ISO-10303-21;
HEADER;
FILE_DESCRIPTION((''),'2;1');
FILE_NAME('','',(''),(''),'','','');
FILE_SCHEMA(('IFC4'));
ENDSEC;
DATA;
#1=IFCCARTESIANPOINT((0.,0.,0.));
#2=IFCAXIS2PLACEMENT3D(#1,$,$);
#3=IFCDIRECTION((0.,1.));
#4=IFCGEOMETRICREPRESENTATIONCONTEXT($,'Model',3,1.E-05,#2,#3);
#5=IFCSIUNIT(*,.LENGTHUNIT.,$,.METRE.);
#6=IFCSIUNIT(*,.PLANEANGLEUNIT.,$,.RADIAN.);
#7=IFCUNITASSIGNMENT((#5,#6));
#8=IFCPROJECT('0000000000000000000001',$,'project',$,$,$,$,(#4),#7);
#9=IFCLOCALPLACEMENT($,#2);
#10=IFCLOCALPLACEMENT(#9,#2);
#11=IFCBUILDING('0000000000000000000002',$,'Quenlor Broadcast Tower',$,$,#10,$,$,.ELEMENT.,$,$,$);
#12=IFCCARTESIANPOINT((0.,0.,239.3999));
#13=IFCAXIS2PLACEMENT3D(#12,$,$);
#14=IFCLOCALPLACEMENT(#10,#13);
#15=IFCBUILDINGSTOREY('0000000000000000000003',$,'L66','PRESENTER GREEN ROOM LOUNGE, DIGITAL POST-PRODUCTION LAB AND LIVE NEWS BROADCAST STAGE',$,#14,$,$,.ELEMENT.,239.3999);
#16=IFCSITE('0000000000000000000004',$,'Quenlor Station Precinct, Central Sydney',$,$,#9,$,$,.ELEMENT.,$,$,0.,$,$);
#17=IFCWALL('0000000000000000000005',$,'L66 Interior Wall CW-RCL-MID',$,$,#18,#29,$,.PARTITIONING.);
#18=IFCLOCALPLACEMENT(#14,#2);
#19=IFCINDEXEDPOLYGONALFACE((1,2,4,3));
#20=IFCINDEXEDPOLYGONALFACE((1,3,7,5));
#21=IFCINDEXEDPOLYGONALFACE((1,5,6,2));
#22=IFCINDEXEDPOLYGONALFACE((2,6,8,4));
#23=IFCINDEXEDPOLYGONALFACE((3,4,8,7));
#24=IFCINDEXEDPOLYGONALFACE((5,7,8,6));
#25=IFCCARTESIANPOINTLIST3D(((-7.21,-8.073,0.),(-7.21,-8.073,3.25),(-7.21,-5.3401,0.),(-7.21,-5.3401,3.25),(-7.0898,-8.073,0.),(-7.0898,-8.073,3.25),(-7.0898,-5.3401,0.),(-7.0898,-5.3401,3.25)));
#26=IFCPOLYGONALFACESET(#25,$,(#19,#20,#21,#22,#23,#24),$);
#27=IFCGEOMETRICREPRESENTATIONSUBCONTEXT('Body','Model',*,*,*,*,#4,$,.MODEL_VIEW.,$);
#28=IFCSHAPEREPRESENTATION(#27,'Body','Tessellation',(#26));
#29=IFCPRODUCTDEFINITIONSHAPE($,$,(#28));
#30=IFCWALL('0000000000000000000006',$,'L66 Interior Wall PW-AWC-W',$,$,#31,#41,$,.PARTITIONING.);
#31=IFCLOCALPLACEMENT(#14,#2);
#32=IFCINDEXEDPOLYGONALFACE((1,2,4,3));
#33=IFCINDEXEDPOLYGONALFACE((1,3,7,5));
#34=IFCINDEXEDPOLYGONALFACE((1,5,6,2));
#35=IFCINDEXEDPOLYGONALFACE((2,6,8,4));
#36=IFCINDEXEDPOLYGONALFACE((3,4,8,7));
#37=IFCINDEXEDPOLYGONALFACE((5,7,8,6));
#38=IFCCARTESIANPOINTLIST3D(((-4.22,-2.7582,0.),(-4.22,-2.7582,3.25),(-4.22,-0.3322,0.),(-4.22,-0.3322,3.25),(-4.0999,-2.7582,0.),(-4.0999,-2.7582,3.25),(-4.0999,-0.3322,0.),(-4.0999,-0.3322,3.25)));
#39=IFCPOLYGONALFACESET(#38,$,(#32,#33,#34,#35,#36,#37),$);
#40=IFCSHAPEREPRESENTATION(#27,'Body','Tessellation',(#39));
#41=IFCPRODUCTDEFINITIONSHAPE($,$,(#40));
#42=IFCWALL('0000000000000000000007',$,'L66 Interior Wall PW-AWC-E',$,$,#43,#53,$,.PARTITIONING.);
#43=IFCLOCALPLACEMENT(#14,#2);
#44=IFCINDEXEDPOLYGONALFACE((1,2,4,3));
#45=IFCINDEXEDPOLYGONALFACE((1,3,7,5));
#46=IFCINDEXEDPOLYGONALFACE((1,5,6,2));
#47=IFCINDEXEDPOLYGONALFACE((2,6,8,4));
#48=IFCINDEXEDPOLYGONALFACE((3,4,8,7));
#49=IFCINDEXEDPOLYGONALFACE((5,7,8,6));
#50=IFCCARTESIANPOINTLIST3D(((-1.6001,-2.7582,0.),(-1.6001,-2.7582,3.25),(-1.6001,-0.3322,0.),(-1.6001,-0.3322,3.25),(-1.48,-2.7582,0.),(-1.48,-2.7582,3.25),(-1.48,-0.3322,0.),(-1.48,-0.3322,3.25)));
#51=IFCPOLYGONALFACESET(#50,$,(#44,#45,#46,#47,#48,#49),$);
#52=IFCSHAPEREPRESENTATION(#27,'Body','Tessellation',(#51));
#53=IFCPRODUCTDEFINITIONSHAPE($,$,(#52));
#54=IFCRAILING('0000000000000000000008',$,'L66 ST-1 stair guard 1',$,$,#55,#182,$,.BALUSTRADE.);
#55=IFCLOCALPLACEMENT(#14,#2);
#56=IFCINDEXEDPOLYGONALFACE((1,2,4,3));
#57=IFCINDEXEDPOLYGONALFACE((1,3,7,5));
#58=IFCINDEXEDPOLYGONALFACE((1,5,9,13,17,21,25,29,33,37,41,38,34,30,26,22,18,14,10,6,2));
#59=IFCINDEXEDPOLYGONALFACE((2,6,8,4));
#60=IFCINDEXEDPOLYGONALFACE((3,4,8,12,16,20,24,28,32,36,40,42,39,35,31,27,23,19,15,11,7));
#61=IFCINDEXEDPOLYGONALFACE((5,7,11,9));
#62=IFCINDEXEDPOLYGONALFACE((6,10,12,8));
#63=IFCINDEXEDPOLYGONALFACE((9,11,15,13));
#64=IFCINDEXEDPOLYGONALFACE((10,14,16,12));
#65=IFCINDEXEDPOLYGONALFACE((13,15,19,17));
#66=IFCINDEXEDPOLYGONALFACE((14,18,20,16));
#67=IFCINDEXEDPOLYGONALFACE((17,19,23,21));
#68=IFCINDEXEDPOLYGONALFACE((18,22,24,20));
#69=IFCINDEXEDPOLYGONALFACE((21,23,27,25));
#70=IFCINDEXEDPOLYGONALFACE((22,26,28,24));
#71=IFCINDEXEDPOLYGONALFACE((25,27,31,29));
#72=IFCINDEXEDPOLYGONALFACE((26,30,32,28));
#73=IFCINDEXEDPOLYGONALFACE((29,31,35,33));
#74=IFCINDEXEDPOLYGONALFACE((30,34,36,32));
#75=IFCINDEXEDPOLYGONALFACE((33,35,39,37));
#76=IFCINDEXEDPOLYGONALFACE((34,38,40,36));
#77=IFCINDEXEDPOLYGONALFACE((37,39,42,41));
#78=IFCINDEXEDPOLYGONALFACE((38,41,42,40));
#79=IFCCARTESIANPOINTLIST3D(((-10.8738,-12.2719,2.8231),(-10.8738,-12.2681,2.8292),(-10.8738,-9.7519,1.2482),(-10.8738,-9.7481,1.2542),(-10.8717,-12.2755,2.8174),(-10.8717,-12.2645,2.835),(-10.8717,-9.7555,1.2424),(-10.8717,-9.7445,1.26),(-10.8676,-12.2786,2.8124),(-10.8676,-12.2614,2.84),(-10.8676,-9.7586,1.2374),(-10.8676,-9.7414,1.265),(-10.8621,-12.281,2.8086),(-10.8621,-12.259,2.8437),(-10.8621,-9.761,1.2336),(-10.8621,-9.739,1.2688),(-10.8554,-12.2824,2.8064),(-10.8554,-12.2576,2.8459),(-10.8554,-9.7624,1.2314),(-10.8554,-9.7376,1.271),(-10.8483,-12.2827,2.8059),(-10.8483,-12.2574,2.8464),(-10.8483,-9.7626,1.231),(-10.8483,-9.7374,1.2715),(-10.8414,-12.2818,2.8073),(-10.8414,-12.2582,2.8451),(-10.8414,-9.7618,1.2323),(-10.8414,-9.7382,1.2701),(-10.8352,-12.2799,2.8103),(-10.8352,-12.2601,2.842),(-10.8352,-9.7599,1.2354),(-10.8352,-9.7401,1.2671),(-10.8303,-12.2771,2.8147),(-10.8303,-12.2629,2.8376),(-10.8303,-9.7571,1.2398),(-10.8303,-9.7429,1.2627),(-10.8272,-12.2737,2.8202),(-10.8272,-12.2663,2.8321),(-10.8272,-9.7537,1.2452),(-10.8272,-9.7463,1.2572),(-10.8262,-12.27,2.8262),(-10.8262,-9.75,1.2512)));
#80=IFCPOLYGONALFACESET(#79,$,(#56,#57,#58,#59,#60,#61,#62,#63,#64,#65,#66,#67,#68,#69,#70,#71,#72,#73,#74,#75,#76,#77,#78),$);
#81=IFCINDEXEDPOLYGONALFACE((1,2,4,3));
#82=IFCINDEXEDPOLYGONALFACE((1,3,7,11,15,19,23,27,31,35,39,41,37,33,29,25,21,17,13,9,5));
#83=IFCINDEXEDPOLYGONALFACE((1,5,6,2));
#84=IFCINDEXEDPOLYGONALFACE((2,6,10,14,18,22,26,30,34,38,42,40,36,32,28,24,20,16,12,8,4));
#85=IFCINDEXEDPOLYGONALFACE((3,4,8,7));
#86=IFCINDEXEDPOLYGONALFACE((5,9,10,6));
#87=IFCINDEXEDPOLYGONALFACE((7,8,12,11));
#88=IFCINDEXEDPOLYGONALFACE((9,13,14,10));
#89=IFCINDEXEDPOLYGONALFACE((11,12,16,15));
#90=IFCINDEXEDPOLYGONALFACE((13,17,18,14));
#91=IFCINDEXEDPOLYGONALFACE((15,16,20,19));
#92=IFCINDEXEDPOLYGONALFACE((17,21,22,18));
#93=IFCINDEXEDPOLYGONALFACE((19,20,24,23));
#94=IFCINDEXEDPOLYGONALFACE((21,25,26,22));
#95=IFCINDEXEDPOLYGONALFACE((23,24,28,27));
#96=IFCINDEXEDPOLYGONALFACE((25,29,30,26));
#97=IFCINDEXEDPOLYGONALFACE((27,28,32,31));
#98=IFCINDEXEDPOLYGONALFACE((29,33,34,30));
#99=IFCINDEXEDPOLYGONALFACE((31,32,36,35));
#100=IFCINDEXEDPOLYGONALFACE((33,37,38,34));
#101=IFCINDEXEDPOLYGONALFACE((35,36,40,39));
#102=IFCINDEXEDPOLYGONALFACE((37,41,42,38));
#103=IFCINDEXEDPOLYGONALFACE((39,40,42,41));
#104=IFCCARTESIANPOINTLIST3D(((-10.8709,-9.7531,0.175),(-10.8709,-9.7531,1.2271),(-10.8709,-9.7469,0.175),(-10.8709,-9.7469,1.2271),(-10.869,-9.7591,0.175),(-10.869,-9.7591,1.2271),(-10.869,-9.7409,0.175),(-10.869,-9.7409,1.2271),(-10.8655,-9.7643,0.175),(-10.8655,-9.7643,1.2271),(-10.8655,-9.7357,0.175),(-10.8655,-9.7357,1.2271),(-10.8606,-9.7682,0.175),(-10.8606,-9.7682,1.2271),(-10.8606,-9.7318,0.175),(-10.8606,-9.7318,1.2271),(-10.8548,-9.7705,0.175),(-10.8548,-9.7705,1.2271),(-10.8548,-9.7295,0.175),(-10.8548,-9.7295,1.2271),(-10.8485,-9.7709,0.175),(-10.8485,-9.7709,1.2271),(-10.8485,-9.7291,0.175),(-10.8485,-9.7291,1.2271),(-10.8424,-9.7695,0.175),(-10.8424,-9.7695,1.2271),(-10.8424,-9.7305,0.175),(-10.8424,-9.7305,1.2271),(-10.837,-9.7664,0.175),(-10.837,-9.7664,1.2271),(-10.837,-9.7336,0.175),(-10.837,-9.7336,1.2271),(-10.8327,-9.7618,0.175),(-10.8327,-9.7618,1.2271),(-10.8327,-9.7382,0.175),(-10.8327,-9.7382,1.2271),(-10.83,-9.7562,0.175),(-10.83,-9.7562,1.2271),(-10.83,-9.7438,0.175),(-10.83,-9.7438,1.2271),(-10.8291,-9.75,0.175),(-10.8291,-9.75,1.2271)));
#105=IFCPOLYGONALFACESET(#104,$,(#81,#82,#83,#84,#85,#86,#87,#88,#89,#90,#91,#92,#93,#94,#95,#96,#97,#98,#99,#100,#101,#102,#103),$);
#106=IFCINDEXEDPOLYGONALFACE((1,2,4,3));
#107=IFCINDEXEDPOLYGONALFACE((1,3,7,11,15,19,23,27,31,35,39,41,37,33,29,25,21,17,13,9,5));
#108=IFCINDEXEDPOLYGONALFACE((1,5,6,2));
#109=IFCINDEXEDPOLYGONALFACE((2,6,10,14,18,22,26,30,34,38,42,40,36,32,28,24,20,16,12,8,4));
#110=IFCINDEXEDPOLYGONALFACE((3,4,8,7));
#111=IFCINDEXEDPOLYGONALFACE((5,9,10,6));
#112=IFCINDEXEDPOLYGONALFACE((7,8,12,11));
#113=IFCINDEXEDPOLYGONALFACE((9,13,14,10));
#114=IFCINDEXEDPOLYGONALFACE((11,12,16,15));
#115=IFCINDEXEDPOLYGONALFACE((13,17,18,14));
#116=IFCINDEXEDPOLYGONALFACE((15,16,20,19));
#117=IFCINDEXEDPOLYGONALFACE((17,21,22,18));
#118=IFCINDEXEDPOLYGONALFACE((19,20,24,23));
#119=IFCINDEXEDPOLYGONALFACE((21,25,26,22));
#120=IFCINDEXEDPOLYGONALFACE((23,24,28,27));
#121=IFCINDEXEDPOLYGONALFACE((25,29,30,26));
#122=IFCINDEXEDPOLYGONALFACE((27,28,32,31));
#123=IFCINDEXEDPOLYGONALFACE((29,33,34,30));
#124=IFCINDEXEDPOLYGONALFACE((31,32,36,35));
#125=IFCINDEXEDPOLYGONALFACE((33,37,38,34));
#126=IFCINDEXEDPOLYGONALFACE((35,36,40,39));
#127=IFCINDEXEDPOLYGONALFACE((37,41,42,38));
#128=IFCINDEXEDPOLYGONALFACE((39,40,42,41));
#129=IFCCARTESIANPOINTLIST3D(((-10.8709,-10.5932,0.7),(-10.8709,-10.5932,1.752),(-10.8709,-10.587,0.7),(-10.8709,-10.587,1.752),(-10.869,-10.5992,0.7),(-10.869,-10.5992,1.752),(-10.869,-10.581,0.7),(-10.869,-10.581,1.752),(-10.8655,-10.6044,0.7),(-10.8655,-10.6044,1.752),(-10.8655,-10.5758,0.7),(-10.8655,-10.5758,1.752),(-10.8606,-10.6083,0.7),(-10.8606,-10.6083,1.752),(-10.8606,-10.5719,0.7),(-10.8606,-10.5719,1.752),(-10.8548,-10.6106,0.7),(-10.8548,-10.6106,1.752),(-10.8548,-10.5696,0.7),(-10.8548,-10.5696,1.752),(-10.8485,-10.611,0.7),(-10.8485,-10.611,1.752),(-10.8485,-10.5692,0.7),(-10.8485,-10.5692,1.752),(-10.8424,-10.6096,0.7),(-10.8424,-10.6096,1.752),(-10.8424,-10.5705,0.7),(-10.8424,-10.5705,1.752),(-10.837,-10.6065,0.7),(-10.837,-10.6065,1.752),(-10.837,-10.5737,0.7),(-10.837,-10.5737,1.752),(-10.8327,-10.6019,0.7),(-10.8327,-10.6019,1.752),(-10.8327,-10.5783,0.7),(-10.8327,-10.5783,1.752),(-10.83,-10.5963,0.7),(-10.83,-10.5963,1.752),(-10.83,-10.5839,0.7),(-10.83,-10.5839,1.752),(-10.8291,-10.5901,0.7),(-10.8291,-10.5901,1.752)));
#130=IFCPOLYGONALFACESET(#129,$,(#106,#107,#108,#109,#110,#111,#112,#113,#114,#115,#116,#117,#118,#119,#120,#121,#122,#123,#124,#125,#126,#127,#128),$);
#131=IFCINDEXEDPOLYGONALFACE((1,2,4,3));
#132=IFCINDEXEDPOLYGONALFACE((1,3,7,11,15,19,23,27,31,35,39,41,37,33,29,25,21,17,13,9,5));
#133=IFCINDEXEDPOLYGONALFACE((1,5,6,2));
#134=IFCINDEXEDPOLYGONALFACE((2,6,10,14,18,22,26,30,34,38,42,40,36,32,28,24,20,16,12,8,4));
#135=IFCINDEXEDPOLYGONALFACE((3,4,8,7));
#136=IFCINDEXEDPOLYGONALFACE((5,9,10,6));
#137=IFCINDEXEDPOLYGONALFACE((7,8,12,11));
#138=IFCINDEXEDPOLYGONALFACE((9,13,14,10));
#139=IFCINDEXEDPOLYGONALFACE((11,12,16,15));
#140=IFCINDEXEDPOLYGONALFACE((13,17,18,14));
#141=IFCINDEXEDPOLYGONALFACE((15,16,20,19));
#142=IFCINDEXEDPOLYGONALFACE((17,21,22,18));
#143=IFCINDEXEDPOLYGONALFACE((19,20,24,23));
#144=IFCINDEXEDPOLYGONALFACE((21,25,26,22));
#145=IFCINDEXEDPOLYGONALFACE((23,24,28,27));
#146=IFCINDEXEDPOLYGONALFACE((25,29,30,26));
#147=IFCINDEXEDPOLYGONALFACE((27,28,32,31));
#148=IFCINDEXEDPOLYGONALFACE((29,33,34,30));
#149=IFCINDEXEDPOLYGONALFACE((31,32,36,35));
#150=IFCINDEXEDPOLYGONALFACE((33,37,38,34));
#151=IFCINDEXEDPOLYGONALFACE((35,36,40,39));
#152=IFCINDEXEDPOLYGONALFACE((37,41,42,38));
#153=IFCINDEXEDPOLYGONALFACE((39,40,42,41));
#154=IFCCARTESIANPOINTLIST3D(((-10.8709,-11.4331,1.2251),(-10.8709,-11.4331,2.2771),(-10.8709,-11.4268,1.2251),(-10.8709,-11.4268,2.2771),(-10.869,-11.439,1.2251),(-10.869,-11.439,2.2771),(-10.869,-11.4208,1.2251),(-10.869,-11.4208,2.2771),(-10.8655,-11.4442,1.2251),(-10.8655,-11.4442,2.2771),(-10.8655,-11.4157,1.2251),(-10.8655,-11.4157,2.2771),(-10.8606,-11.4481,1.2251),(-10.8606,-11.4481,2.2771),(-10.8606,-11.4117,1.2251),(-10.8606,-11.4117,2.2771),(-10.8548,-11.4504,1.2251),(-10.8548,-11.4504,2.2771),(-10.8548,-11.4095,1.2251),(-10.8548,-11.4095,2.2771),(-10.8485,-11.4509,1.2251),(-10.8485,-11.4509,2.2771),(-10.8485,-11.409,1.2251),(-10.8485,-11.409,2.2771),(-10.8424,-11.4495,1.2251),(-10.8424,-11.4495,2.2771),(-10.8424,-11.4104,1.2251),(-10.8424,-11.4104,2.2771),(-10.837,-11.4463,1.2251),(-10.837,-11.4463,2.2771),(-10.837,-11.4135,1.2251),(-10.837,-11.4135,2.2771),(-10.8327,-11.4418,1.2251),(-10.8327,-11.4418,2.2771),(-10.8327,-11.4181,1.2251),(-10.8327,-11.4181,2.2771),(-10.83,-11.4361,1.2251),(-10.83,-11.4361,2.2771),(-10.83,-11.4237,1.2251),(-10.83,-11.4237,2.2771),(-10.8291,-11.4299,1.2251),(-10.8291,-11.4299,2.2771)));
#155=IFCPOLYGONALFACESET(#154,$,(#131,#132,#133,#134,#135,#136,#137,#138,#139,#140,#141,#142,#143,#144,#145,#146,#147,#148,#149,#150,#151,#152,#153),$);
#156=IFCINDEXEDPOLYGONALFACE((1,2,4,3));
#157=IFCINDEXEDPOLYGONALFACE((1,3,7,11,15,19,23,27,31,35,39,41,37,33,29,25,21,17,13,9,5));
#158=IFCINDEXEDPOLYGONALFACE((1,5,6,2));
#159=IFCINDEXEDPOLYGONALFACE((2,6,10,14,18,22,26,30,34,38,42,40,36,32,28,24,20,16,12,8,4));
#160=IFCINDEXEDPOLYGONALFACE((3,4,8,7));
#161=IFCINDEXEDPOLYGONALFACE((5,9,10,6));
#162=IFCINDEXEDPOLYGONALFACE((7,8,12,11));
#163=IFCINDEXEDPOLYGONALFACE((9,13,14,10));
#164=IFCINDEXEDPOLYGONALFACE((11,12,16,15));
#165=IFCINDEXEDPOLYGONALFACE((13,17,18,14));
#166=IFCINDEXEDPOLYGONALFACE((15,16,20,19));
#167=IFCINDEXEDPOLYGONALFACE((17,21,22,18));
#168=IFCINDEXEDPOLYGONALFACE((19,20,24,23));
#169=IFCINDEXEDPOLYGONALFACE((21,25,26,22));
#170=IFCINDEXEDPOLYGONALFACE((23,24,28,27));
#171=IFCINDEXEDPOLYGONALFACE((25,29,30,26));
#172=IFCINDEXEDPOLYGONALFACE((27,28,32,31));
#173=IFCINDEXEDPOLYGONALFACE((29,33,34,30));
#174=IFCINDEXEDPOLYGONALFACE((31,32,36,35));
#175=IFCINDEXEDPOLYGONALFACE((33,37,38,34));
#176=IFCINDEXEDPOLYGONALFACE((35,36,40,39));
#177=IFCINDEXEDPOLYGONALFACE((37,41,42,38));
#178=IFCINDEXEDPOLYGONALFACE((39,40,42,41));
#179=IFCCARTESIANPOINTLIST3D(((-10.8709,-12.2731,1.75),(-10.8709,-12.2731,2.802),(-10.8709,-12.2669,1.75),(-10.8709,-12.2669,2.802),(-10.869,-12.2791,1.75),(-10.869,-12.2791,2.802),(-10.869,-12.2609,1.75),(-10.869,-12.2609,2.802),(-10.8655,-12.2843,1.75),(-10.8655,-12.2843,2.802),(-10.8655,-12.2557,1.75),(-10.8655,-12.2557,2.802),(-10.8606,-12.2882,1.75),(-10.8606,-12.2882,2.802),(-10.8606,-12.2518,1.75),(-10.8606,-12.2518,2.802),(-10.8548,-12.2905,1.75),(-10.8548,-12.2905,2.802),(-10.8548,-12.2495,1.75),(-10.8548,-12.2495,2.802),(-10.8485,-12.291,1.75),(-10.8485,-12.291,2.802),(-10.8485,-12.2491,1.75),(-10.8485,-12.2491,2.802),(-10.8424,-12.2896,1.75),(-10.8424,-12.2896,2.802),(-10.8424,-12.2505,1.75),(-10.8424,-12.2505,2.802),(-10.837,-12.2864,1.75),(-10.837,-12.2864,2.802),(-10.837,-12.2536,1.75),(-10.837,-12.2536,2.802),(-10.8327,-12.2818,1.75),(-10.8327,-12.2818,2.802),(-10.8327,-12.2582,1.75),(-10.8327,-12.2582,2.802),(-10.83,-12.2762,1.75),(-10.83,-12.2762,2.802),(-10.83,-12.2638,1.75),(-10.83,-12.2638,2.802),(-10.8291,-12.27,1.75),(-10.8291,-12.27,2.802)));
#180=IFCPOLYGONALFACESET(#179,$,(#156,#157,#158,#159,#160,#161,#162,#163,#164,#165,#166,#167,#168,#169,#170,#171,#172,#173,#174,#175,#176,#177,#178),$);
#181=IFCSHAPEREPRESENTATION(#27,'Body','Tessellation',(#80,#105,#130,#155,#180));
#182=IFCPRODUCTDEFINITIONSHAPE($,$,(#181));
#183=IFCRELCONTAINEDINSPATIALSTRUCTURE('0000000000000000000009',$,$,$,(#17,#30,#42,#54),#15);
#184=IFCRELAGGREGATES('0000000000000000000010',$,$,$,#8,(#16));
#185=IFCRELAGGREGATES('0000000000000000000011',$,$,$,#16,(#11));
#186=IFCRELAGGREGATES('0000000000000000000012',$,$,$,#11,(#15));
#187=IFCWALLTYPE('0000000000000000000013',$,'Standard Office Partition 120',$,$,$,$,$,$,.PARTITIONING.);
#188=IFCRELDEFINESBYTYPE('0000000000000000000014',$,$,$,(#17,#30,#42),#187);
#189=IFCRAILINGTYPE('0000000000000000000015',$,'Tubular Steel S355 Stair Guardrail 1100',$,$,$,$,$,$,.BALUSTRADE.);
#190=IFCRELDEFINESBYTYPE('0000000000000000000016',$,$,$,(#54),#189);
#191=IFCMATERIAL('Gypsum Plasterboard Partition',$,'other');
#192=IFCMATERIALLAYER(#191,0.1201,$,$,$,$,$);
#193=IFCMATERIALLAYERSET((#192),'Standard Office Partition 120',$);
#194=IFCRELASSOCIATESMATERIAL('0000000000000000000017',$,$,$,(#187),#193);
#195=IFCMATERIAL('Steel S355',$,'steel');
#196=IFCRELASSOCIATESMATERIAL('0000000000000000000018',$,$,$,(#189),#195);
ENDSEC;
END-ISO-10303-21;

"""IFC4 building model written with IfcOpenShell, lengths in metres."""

from ifc_helpers import new_model, si_unit, direction, frame, frame_2d, origin, origin_2d, place, context, subcontext, project, spatial, rectangle, circle, extrude, material, layer, layer_set, type_object, element, save


model = new_model("IFC4")

# Units and contexts
model_context = context("Model", 3, precision=1e-05, world=origin(), true_north=direction((0.0, 1.0)))
body_context = subcontext(model_context, "Body", "Model", "MODEL_VIEW")
ifc_project = project(units=[si_unit("LENGTHUNIT", "METRE"), si_unit("PLANEANGLEUNIT", "RADIAN")], contexts=[model_context])

# Site, building, storey
site_placement = place(None, origin())
site = spatial("IfcSite", under=ifc_project, at=site_placement, Name="Quenlor Station Precinct, Central Sydney", CompositionType="ELEMENT", RefElevation=0.0)
building_placement = place(site_placement, origin())
building = spatial("IfcBuilding", under=site, at=building_placement, Name="Quenlor Broadcast Tower", CompositionType="ELEMENT")
storey_placement = place(building_placement, frame((0.0, 0.0, 239.3999)))
storey = spatial("IfcBuildingStorey", under=building, at=storey_placement, Name="L66", Description="PRESENTER GREEN ROOM LOUNGE, DIGITAL POST-PRODUCTION LAB AND LIVE NEWS BROADCAST STAGE", CompositionType="ELEMENT", Elevation=239.3999)

# Wall
ifc_material_1 = material(Name="Gypsum Plasterboard Partition", Category="other")
ifc_layer_1 = layer(ifc_material_1, 0.1201)
ifc_layer_set_1 = layer_set([ifc_layer_1], Name="Standard Office Partition 120")
wall_type_1 = type_object("IfcWallType", Name="Standard Office Partition 120", PredefinedType="PARTITIONING", material=ifc_layer_set_1)
wall_1_placement = place(storey_placement, frame((-7.1499, -8.073, 0.0), z_axis=(0.0, 0.0, 1.0), x_axis=(0.0, 1.0, 0.0)))
element("IfcWall", 1, at=wall_1_placement, inside=storey, type_object=wall_type_1, Name="L66 Interior Wall CW-RCL-MID", PredefinedType="PARTITIONING", context=body_context, shape_type="SweptSolid", body=[
    extrude(rectangle(XDim=2.7329, YDim=0.1201, at=frame_2d((1.3665, 0.0))), origin(), (0.0, 0.0, 1.0), 3.25),
])

# Walls
for number, where, z_axis, x_axis, name in (
    (2, (-4.1599, -2.7581, 0.0), (0.0, 0.0, 1.0), (0.0, 1.0, 0.0), "L66 Interior Wall PW-AWC-W"),
    (3, (-1.54, -2.7581, 0.0), (0.0, 0.0, 1.0), (0.0, 1.0, 0.0), "L66 Interior Wall PW-AWC-E"),
):
    element("IfcWall", number, at=place(storey_placement, frame(where, z_axis=z_axis, x_axis=x_axis)), inside=storey, type_object=wall_type_1, Name=name, PredefinedType="PARTITIONING", context=body_context, shape_type="SweptSolid", body=[
        extrude(rectangle(XDim=2.426, YDim=0.1201, at=frame_2d((1.2129, 0.0))), origin(), (0.0, 0.0, 1.0), 3.25),
    ])

# Railing
ifc_material_2 = material(Name="Steel S355", Category="steel")
railing_type = type_object("IfcRailingType", Name="Tubular Steel S355 Stair Guardrail 1100", PredefinedType="BALUSTRADE", material=ifc_material_2)
railing_1_placement = place(storey_placement, frame((-10.8501, -9.75, 0.175)))
element("IfcRailing", 4, at=railing_1_placement, inside=storey, type_object=railing_type, Name="L66 ST-1 stair guard 1", PredefinedType="BALUSTRADE", context=body_context, shape_type="SweptSolid", body=[
    extrude(circle(Radius=0.0239, at=origin_2d()), frame((0.0, 0.0, 1.0762), z_axis=(0.0, -0.848008, 0.529984), x_axis=(1.0, 0.0, 0.0)), (0.0, 0.0, 1.0), 2.9717),
    extrude(circle(Radius=0.021, at=origin_2d()), origin(), (0.0, 0.0, 1.0), 1.052),
    extrude(circle(Radius=0.021, at=origin_2d()), frame((0.0, -0.8401, 0.5249)), (0.0, 0.0, 1.0), 1.052),
    extrude(circle(Radius=0.021, at=origin_2d()), frame((0.0, -1.6799, 1.05)), (0.0, 0.0, 1.0), 1.052),
    extrude(circle(Radius=0.021, at=origin_2d()), frame((0.0, -2.52, 1.575)), (0.0, 0.0, 1.0), 1.052),
])

save(model, "model.ifc")
